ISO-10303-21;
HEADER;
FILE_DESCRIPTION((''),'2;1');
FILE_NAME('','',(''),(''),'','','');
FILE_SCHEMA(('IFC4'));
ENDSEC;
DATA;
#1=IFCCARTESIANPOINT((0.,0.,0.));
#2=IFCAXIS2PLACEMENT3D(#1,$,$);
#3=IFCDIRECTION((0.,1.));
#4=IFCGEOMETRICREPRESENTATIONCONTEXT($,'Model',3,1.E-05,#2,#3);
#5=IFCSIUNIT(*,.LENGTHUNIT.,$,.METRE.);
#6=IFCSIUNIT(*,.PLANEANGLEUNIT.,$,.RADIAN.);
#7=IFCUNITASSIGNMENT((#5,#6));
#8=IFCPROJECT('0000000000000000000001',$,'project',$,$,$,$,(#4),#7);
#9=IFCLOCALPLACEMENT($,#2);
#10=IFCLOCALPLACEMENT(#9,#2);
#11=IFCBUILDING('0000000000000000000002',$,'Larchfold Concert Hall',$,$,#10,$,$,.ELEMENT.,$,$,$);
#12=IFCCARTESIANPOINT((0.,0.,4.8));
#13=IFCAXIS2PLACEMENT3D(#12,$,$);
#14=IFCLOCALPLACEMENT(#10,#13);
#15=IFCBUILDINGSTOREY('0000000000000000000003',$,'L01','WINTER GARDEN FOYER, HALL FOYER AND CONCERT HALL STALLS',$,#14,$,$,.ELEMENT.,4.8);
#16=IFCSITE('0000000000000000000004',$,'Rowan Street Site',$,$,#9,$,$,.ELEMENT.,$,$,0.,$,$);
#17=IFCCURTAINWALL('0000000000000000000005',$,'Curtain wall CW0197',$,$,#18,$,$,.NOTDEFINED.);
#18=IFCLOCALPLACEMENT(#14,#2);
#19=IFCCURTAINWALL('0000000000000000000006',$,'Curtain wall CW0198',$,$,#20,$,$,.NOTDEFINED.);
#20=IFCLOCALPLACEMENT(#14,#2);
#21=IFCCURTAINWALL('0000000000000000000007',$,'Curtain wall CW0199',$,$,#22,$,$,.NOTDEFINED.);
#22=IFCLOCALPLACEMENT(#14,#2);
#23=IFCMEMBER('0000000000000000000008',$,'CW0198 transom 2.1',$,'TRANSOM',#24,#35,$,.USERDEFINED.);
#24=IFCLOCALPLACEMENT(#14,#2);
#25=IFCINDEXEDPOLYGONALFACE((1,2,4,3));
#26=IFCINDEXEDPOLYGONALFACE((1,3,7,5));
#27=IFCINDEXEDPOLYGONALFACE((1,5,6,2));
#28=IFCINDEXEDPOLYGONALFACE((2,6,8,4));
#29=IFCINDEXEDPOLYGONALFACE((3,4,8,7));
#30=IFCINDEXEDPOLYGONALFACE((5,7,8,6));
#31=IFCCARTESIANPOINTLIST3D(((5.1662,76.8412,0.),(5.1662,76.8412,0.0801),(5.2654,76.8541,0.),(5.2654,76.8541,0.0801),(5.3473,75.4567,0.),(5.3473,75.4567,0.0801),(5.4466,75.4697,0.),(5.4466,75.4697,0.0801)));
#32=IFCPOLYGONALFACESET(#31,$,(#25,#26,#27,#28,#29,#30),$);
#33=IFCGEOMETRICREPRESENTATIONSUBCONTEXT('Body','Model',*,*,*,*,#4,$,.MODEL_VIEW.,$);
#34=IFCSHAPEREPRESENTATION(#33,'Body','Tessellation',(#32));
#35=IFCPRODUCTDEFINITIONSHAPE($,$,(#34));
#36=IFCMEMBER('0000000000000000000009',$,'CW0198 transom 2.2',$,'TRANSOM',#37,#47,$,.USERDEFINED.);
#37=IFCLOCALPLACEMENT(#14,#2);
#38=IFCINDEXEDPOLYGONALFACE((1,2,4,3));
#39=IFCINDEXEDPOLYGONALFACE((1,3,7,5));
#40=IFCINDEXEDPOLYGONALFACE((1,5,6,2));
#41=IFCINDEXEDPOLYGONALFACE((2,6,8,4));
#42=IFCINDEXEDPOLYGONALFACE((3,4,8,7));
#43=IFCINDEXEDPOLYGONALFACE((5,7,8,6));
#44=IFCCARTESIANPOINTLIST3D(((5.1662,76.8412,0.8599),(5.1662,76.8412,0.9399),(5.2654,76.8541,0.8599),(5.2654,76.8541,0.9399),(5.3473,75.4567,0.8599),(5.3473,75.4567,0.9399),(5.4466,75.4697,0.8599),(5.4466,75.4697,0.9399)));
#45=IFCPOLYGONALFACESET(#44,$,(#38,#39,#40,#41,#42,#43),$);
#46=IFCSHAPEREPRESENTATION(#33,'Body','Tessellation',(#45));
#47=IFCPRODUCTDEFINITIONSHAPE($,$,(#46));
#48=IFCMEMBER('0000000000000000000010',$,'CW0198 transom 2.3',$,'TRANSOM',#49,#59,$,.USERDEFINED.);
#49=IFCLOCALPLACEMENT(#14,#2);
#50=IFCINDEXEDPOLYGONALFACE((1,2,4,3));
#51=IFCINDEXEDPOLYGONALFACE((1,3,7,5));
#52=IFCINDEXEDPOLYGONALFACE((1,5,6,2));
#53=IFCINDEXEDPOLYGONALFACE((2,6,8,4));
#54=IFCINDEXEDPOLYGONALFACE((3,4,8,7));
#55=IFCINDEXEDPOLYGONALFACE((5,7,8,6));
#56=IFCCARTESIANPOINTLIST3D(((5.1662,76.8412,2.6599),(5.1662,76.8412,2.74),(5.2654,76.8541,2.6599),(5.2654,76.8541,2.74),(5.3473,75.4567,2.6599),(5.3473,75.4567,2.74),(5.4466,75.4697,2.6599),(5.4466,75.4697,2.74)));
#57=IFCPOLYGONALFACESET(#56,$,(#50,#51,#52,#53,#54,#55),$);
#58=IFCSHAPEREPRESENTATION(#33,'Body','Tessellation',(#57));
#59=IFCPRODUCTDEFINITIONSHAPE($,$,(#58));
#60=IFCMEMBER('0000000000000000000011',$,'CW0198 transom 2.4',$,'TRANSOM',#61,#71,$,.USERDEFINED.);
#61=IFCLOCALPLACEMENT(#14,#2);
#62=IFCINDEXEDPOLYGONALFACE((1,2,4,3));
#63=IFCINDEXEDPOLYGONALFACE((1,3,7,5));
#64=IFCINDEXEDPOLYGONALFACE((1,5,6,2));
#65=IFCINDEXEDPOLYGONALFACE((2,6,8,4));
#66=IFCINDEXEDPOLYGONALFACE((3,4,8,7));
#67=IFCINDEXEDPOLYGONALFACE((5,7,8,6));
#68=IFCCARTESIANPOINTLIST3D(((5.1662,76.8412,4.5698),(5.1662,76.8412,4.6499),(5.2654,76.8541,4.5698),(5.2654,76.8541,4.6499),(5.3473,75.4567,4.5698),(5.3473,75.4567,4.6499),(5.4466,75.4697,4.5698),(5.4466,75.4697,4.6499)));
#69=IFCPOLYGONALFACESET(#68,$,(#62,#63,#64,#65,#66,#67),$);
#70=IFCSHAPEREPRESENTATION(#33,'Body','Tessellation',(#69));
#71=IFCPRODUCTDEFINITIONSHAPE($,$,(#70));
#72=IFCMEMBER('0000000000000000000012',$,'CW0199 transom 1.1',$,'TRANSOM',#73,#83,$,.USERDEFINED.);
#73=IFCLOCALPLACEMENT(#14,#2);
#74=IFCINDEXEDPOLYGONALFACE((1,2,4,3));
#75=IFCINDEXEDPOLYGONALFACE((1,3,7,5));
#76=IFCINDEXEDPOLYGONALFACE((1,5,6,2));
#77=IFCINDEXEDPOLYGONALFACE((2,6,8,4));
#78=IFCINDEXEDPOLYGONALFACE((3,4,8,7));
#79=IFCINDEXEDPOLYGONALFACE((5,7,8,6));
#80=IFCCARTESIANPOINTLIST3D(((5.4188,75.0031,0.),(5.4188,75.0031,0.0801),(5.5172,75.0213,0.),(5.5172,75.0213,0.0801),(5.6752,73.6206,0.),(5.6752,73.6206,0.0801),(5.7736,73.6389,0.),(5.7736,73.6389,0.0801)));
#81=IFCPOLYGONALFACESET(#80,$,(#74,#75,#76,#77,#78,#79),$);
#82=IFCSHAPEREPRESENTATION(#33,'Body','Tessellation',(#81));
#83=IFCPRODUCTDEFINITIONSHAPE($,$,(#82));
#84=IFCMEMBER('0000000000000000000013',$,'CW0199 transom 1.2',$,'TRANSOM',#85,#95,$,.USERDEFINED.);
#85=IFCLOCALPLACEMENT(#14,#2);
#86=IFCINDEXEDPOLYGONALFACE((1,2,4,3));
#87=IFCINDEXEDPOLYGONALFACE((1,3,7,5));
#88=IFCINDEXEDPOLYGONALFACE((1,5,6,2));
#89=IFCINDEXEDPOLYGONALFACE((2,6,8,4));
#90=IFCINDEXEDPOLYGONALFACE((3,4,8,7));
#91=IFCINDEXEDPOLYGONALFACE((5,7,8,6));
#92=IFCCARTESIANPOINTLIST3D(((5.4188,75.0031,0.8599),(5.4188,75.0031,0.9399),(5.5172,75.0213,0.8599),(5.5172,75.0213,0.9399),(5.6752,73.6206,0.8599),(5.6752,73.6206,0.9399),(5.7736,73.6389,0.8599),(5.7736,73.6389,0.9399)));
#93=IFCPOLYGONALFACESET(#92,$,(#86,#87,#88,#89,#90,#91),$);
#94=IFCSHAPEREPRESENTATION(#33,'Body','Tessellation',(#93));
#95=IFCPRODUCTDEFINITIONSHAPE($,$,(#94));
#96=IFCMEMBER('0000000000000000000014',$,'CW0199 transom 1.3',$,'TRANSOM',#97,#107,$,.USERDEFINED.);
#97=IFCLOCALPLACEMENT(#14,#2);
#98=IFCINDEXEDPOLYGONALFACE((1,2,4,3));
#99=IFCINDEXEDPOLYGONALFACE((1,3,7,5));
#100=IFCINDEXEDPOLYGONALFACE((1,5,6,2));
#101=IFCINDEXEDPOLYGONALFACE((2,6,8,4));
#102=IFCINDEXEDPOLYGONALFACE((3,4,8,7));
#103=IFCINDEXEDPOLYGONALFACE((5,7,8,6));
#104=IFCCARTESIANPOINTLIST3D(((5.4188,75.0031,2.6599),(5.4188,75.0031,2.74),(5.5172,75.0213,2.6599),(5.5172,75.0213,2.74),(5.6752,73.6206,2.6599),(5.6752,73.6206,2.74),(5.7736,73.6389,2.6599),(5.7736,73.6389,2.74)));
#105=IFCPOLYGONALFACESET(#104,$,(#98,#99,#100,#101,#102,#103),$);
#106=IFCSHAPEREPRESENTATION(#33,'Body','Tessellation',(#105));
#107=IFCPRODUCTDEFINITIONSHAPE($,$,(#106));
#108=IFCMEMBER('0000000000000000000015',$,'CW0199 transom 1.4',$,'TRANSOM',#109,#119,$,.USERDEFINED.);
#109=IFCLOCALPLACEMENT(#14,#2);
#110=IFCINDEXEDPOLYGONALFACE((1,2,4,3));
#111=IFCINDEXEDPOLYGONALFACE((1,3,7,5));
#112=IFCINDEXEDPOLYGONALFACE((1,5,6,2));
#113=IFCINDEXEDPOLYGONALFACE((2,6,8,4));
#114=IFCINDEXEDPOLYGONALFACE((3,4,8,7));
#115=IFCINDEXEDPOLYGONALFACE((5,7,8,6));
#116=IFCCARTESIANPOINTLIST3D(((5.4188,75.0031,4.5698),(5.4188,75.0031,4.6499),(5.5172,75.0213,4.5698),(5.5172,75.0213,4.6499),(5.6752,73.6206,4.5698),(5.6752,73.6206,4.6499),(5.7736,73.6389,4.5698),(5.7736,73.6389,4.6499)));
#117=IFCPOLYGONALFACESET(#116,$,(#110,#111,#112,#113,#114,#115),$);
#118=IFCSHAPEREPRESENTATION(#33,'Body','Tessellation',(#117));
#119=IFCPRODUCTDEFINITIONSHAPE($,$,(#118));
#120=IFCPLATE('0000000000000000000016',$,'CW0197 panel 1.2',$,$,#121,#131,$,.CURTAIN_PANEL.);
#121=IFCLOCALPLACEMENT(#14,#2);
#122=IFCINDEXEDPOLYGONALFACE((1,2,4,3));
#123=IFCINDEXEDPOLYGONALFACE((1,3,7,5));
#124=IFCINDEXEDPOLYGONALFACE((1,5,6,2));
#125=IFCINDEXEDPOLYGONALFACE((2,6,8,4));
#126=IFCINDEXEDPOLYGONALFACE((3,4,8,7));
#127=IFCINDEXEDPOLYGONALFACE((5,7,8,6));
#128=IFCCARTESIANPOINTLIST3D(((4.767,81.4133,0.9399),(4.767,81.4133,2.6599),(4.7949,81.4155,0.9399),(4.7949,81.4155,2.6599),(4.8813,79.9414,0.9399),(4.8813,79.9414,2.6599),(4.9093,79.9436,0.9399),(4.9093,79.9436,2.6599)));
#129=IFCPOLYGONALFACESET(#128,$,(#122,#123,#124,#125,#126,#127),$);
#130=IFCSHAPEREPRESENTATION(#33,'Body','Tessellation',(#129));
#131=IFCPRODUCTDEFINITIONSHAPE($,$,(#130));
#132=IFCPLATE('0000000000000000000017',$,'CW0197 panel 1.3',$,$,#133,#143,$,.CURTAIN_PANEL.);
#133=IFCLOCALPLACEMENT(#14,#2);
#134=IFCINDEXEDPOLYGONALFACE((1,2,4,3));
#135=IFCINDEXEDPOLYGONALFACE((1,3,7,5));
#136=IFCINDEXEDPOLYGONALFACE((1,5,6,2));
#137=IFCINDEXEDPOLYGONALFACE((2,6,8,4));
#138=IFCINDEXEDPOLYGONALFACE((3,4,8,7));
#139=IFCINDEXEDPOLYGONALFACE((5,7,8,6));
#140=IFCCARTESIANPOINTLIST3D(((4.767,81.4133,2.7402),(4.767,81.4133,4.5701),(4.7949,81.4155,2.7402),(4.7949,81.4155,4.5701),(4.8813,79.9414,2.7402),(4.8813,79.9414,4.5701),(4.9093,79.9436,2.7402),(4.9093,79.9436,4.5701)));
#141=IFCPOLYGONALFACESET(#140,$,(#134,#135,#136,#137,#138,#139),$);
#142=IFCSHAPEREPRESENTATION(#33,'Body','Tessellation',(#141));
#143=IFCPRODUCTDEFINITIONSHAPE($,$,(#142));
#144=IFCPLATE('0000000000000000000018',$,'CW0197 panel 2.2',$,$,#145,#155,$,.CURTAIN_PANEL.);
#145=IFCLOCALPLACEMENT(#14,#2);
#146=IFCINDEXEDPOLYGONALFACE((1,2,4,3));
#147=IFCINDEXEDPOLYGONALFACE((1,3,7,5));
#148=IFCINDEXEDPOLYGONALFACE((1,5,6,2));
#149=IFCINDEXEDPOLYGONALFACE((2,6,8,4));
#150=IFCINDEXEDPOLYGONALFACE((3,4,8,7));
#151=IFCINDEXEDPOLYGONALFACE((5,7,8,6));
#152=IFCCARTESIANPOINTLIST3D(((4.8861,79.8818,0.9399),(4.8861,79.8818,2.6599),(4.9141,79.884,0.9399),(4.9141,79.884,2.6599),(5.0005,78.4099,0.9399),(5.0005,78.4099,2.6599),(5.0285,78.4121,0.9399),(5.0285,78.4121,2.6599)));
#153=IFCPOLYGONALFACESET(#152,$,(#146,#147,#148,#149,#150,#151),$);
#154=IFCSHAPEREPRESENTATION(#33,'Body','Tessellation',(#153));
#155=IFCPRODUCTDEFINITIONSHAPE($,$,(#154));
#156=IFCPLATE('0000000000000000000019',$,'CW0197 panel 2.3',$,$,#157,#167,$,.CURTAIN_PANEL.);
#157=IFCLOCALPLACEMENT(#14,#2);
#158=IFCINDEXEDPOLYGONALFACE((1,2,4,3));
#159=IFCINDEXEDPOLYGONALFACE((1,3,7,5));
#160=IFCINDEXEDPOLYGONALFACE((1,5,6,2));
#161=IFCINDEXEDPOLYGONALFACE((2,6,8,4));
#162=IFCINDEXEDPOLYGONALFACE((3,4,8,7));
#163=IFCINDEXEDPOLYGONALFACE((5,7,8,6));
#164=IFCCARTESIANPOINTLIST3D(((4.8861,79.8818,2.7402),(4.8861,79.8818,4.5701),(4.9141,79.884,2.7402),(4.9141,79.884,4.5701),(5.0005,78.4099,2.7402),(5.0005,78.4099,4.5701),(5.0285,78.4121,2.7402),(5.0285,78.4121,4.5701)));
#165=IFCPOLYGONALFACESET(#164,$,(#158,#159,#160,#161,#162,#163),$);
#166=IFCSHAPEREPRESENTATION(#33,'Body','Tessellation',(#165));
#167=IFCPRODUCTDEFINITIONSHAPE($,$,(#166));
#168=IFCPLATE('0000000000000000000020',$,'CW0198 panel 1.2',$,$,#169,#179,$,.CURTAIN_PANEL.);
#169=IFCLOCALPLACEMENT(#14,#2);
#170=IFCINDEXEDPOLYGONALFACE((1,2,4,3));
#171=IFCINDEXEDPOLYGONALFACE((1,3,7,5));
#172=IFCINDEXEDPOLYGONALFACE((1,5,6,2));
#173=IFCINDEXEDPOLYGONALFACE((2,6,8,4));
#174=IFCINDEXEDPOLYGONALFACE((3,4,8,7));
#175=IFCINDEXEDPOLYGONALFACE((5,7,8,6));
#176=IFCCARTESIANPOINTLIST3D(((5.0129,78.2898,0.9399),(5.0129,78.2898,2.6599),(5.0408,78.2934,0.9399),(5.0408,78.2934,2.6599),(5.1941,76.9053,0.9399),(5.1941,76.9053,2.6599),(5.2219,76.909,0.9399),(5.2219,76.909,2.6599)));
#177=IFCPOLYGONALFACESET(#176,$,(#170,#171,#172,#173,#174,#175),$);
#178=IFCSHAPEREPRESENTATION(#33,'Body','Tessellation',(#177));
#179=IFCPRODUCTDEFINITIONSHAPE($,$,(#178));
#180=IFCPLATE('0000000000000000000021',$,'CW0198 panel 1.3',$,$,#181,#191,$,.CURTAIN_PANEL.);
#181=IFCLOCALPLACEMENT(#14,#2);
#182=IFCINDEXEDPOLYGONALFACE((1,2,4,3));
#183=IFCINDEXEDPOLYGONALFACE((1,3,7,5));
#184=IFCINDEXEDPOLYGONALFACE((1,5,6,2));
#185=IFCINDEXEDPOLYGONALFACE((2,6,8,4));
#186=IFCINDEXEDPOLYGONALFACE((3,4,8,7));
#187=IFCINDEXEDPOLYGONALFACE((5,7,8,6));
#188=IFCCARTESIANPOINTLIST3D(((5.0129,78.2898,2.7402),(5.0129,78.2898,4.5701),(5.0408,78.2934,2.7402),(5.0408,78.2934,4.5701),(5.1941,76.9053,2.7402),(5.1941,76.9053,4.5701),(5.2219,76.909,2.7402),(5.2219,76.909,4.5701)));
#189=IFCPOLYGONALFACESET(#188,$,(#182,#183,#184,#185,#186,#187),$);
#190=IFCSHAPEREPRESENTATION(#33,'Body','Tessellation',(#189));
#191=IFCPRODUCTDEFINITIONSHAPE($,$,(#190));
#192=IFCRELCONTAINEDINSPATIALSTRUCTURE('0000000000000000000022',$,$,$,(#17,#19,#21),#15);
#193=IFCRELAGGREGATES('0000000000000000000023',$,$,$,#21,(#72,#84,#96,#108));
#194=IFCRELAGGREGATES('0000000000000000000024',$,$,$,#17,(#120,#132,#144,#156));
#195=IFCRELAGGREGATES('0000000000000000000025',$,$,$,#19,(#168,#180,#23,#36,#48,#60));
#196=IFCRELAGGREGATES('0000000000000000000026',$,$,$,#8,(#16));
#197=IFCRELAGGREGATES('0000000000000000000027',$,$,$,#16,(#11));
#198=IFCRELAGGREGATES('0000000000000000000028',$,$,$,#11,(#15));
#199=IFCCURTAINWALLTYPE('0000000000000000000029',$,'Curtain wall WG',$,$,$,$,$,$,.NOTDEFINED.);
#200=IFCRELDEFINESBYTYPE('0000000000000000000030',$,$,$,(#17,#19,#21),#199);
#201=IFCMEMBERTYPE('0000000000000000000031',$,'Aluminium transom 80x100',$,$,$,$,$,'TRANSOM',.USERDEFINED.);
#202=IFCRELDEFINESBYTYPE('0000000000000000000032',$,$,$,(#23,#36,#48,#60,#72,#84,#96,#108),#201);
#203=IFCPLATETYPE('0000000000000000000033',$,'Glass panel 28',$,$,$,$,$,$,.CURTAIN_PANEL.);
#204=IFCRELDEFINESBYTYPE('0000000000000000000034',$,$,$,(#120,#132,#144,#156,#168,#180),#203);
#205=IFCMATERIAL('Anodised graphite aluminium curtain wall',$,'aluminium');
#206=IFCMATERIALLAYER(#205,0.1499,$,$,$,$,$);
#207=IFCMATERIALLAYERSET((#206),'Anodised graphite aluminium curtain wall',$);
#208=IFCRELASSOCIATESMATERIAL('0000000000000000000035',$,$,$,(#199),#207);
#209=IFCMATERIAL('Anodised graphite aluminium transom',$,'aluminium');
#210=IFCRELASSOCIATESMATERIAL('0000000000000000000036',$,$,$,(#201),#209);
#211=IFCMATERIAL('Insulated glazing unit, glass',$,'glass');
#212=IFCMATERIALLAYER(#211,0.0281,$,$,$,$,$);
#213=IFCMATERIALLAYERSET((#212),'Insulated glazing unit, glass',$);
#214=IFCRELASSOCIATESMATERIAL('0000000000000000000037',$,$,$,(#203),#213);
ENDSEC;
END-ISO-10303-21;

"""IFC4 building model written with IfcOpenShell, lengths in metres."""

from ifc_helpers import new_model, si_unit, direction, frame, origin, origin_2d, place, context, subcontext, project, spatial, rectangle, extrude, material, layer, layer_set, material_profile, profile_set, type_object, element, aggregate, save


model = new_model("IFC4")

# Units and contexts
model_context = context("Model", 3, precision=1e-05, world=origin(), true_north=direction((0.0, 1.0)))
body_context = subcontext(model_context, "Body", "Model", "MODEL_VIEW")
ifc_project = project(units=[si_unit("LENGTHUNIT", "METRE"), si_unit("PLANEANGLEUNIT", "RADIAN")], contexts=[model_context])

# Site, building, storey
site_placement = place(None, origin())
site = spatial("IfcSite", under=ifc_project, at=site_placement, Name="Rowan Street Site", CompositionType="ELEMENT", RefElevation=0.0)
building_placement = place(site_placement, origin())
building = spatial("IfcBuilding", under=site, at=building_placement, Name="Larchfold Concert Hall", CompositionType="ELEMENT")
storey_placement = place(building_placement, frame((0.0, 0.0, 4.8)))
storey = spatial("IfcBuildingStorey", under=building, at=storey_placement, Name="L01", Description="WINTER GARDEN FOYER, HALL FOYER AND CONCERT HALL STALLS", CompositionType="ELEMENT", Elevation=4.8)

# Curtain walls
ifc_material_1 = material(Name="Anodised graphite aluminium curtain wall", Category="aluminium")
ifc_layer_1 = layer(ifc_material_1, 0.1499)
ifc_layer_set_1 = layer_set([ifc_layer_1], Name="Anodised graphite aluminium curtain wall")
curtain_wall_type = type_object("IfcCurtainWallType", Name="Curtain wall WG", PredefinedType="NOTDEFINED", material=ifc_layer_set_1)
curtain_wall_1_placement = place(storey_placement, origin())
curtain_wall_1 = element("IfcCurtainWall", 1, at=curtain_wall_1_placement, inside=storey, type_object=curtain_wall_type, Name="Curtain wall CW0197", PredefinedType="NOTDEFINED")
curtain_wall_2_placement = place(storey_placement, origin())
curtain_wall_2 = element("IfcCurtainWall", 2, at=curtain_wall_2_placement, inside=storey, type_object=curtain_wall_type, Name="Curtain wall CW0198", PredefinedType="NOTDEFINED")

# Curtain wall
curtain_wall_3_placement = place(storey_placement, origin())
curtain_wall_3 = element("IfcCurtainWall", 3, at=curtain_wall_3_placement, inside=storey, type_object=curtain_wall_type, Name="Curtain wall CW0199", PredefinedType="NOTDEFINED")

# Members
ifc_material_2 = material(Name="Anodised graphite aluminium transom", Category="aluminium")
ifc_material_profile_1 = material_profile(ifc_material_2, rectangle(XDim=0.1001, YDim=0.0801, at=origin_2d()))
ifc_profile_set_1 = profile_set([ifc_material_profile_1], Name="Anodised graphite aluminium transom")
member_type_1 = type_object("IfcMemberType", Name="Aluminium transom 80x100", ElementType="TRANSOM", PredefinedType="USERDEFINED", material=ifc_profile_set_1)
member_1_placement = place(storey_placement, frame((5.2158, 76.8477, 0.04), z_axis=(0.129735, -0.991549, 0.0), x_axis=(0.991549, 0.129735, 0.0)))
member_1 = element("IfcMember", 4, at=member_1_placement, type_object=member_type_1, Name="CW0198 transom 2.1", ObjectType="TRANSOM", PredefinedType="USERDEFINED", context=body_context, shape_type="SweptSolid", body=[
    extrude(rectangle(XDim=0.1001, YDim=0.0801, at=origin_2d()), origin(), (0.0, 0.0, 1.0), 1.3962),
])
member_2_placement = place(storey_placement, frame((5.2158, 76.8477, 0.8999), z_axis=(0.129735, -0.991549, 0.0), x_axis=(0.991549, 0.129735, 0.0)))
member_2 = element("IfcMember", 5, at=member_2_placement, type_object=member_type_1, Name="CW0198 transom 2.2", ObjectType="TRANSOM", PredefinedType="USERDEFINED", context=body_context, shape_type="SweptSolid", body=[
    extrude(rectangle(XDim=0.1001, YDim=0.0801, at=origin_2d()), origin(), (0.0, 0.0, 1.0), 1.3962),
])
member_3_placement = place(storey_placement, frame((5.2158, 76.8477, 2.7), z_axis=(0.129735, -0.991549, 0.0), x_axis=(0.991549, 0.129735, 0.0)))
member_3 = element("IfcMember", 6, at=member_3_placement, type_object=member_type_1, Name="CW0198 transom 2.3", ObjectType="TRANSOM", PredefinedType="USERDEFINED", context=body_context, shape_type="SweptSolid", body=[
    extrude(rectangle(XDim=0.1001, YDim=0.0801, at=origin_2d()), origin(), (0.0, 0.0, 1.0), 1.3962),
])
member_4_placement = place(storey_placement, frame((5.2158, 76.8477, 4.6099), z_axis=(0.129735, -0.991549, 0.0), x_axis=(0.991549, 0.129735, 0.0)))
member_4 = element("IfcMember", 7, at=member_4_placement, type_object=member_type_1, Name="CW0198 transom 2.4", ObjectType="TRANSOM", PredefinedType="USERDEFINED", context=body_context, shape_type="SweptSolid", body=[
    extrude(rectangle(XDim=0.1001, YDim=0.0801, at=origin_2d()), origin(), (0.0, 0.0, 1.0), 1.3962),
])
member_5_placement = place(storey_placement, frame((5.468, 75.0122, 0.04), z_axis=(0.182338, -0.983236, 0.0), x_axis=(0.983236, 0.182338, 0.0)))
member_5 = element("IfcMember", 8, at=member_5_placement, type_object=member_type_1, Name="CW0199 transom 1.1", ObjectType="TRANSOM", PredefinedType="USERDEFINED", context=body_context, shape_type="SweptSolid", body=[
    extrude(rectangle(XDim=0.1001, YDim=0.0801, at=origin_2d()), origin(), (0.0, 0.0, 1.0), 1.406),
])
member_6_placement = place(storey_placement, frame((5.468, 75.0122, 0.8999), z_axis=(0.182338, -0.983236, 0.0), x_axis=(0.983236, 0.182338, 0.0)))
member_6 = element("IfcMember", 9, at=member_6_placement, type_object=member_type_1, Name="CW0199 transom 1.2", ObjectType="TRANSOM", PredefinedType="USERDEFINED", context=body_context, shape_type="SweptSolid", body=[
    extrude(rectangle(XDim=0.1001, YDim=0.0801, at=origin_2d()), origin(), (0.0, 0.0, 1.0), 1.406),
])
member_7_placement = place(storey_placement, frame((5.468, 75.0122, 2.7), z_axis=(0.182338, -0.983236, 0.0), x_axis=(0.983236, 0.182338, 0.0)))
member_7 = element("IfcMember", 10, at=member_7_placement, type_object=member_type_1, Name="CW0199 transom 1.3", ObjectType="TRANSOM", PredefinedType="USERDEFINED", context=body_context, shape_type="SweptSolid", body=[
    extrude(rectangle(XDim=0.1001, YDim=0.0801, at=origin_2d()), origin(), (0.0, 0.0, 1.0), 1.406),
])
member_8_placement = place(storey_placement, frame((5.468, 75.0122, 4.6099), z_axis=(0.182338, -0.983236, 0.0), x_axis=(0.983236, 0.182338, 0.0)))
member_8 = element("IfcMember", 11, at=member_8_placement, type_object=member_type_1, Name="CW0199 transom 1.4", ObjectType="TRANSOM", PredefinedType="USERDEFINED", context=body_context, shape_type="SweptSolid", body=[
    extrude(rectangle(XDim=0.1001, YDim=0.0801, at=origin_2d()), origin(), (0.0, 0.0, 1.0), 1.406),
])
aggregate(curtain_wall_3, [member_5, member_6, member_7, member_8])

# Plates
ifc_material_3 = material(Name="Insulated glazing unit, glass", Category="glass")
ifc_layer_2 = layer(ifc_material_3, 0.0281)
ifc_layer_set_2 = layer_set([ifc_layer_2], Name="Insulated glazing unit, glass")
plate_type_1 = type_object("IfcPlateType", Name="Glass panel 28", PredefinedType="CURTAIN_PANEL", material=ifc_layer_set_2)
plate_1_placement = place(storey_placement, frame((4.8381, 80.6785, 0.9399), z_axis=(0.0, 0.0, 1.0), x_axis=(0.077465, -0.996995, 0.0)))
plate_1 = element("IfcPlate", 12, at=plate_1_placement, type_object=plate_type_1, Name="CW0197 panel 1.2", PredefinedType="CURTAIN_PANEL", context=body_context, shape_type="SweptSolid", body=[
    extrude(rectangle(XDim=1.4763, YDim=0.0281, at=origin_2d()), origin(), (0.0, 0.0, 1.0), 1.72),
])
plate_2_placement = place(storey_placement, frame((4.8381, 80.6785, 2.7402), z_axis=(0.0, 0.0, 1.0), x_axis=(0.077465, -0.996995, 0.0)))
plate_2 = element("IfcPlate", 13, at=plate_2_placement, type_object=plate_type_1, Name="CW0197 panel 1.3", PredefinedType="CURTAIN_PANEL", context=body_context, shape_type="SweptSolid", body=[
    extrude(rectangle(XDim=1.4763, YDim=0.0281, at=origin_2d()), origin(), (0.0, 0.0, 1.0), 1.8298),
])
plate_3_placement = place(storey_placement, frame((4.9573, 79.147, 0.9399), z_axis=(0.0, 0.0, 1.0), x_axis=(0.077465, -0.996995, 0.0)))
plate_3 = element("IfcPlate", 14, at=plate_3_placement, type_object=plate_type_1, Name="CW0197 panel 2.2", PredefinedType="CURTAIN_PANEL", context=body_context, shape_type="SweptSolid", body=[
    extrude(rectangle(XDim=1.4763, YDim=0.0281, at=origin_2d()), origin(), (0.0, 0.0, 1.0), 1.72),
])
plate_4_placement = place(storey_placement, frame((4.9573, 79.147, 2.7402), z_axis=(0.0, 0.0, 1.0), x_axis=(0.077465, -0.996995, 0.0)))
plate_4 = element("IfcPlate", 15, at=plate_4_placement, type_object=plate_type_1, Name="CW0197 panel 2.3", PredefinedType="CURTAIN_PANEL", context=body_context, shape_type="SweptSolid", body=[
    extrude(rectangle(XDim=1.4763, YDim=0.0281, at=origin_2d()), origin(), (0.0, 0.0, 1.0), 1.8298),
])
plate_5_placement = place(storey_placement, frame((5.1174, 77.5994, 0.9399), z_axis=(0.0, 0.0, 1.0), x_axis=(0.129764, -0.991545, 0.0)))
plate_5 = element("IfcPlate", 16, at=plate_5_placement, type_object=plate_type_1, Name="CW0198 panel 1.2", PredefinedType="CURTAIN_PANEL", context=body_context, shape_type="SweptSolid", body=[
    extrude(rectangle(XDim=1.3962, YDim=0.0281, at=origin_2d()), origin(), (0.0, 0.0, 1.0), 1.72),
])
plate_6_placement = place(storey_placement, frame((5.1174, 77.5994, 2.7402), z_axis=(0.0, 0.0, 1.0), x_axis=(0.129764, -0.991545, 0.0)))
plate_6 = element("IfcPlate", 17, at=plate_6_placement, type_object=plate_type_1, Name="CW0198 panel 1.3", PredefinedType="CURTAIN_PANEL", context=body_context, shape_type="SweptSolid", body=[
    extrude(rectangle(XDim=1.3962, YDim=0.0281, at=origin_2d()), origin(), (0.0, 0.0, 1.0), 1.8298),
])
aggregate(curtain_wall_1, [plate_1, plate_2, plate_3, plate_4])
aggregate(curtain_wall_2, [plate_5, plate_6, member_1, member_2, member_3, member_4])

save(model, "model.ifc")
